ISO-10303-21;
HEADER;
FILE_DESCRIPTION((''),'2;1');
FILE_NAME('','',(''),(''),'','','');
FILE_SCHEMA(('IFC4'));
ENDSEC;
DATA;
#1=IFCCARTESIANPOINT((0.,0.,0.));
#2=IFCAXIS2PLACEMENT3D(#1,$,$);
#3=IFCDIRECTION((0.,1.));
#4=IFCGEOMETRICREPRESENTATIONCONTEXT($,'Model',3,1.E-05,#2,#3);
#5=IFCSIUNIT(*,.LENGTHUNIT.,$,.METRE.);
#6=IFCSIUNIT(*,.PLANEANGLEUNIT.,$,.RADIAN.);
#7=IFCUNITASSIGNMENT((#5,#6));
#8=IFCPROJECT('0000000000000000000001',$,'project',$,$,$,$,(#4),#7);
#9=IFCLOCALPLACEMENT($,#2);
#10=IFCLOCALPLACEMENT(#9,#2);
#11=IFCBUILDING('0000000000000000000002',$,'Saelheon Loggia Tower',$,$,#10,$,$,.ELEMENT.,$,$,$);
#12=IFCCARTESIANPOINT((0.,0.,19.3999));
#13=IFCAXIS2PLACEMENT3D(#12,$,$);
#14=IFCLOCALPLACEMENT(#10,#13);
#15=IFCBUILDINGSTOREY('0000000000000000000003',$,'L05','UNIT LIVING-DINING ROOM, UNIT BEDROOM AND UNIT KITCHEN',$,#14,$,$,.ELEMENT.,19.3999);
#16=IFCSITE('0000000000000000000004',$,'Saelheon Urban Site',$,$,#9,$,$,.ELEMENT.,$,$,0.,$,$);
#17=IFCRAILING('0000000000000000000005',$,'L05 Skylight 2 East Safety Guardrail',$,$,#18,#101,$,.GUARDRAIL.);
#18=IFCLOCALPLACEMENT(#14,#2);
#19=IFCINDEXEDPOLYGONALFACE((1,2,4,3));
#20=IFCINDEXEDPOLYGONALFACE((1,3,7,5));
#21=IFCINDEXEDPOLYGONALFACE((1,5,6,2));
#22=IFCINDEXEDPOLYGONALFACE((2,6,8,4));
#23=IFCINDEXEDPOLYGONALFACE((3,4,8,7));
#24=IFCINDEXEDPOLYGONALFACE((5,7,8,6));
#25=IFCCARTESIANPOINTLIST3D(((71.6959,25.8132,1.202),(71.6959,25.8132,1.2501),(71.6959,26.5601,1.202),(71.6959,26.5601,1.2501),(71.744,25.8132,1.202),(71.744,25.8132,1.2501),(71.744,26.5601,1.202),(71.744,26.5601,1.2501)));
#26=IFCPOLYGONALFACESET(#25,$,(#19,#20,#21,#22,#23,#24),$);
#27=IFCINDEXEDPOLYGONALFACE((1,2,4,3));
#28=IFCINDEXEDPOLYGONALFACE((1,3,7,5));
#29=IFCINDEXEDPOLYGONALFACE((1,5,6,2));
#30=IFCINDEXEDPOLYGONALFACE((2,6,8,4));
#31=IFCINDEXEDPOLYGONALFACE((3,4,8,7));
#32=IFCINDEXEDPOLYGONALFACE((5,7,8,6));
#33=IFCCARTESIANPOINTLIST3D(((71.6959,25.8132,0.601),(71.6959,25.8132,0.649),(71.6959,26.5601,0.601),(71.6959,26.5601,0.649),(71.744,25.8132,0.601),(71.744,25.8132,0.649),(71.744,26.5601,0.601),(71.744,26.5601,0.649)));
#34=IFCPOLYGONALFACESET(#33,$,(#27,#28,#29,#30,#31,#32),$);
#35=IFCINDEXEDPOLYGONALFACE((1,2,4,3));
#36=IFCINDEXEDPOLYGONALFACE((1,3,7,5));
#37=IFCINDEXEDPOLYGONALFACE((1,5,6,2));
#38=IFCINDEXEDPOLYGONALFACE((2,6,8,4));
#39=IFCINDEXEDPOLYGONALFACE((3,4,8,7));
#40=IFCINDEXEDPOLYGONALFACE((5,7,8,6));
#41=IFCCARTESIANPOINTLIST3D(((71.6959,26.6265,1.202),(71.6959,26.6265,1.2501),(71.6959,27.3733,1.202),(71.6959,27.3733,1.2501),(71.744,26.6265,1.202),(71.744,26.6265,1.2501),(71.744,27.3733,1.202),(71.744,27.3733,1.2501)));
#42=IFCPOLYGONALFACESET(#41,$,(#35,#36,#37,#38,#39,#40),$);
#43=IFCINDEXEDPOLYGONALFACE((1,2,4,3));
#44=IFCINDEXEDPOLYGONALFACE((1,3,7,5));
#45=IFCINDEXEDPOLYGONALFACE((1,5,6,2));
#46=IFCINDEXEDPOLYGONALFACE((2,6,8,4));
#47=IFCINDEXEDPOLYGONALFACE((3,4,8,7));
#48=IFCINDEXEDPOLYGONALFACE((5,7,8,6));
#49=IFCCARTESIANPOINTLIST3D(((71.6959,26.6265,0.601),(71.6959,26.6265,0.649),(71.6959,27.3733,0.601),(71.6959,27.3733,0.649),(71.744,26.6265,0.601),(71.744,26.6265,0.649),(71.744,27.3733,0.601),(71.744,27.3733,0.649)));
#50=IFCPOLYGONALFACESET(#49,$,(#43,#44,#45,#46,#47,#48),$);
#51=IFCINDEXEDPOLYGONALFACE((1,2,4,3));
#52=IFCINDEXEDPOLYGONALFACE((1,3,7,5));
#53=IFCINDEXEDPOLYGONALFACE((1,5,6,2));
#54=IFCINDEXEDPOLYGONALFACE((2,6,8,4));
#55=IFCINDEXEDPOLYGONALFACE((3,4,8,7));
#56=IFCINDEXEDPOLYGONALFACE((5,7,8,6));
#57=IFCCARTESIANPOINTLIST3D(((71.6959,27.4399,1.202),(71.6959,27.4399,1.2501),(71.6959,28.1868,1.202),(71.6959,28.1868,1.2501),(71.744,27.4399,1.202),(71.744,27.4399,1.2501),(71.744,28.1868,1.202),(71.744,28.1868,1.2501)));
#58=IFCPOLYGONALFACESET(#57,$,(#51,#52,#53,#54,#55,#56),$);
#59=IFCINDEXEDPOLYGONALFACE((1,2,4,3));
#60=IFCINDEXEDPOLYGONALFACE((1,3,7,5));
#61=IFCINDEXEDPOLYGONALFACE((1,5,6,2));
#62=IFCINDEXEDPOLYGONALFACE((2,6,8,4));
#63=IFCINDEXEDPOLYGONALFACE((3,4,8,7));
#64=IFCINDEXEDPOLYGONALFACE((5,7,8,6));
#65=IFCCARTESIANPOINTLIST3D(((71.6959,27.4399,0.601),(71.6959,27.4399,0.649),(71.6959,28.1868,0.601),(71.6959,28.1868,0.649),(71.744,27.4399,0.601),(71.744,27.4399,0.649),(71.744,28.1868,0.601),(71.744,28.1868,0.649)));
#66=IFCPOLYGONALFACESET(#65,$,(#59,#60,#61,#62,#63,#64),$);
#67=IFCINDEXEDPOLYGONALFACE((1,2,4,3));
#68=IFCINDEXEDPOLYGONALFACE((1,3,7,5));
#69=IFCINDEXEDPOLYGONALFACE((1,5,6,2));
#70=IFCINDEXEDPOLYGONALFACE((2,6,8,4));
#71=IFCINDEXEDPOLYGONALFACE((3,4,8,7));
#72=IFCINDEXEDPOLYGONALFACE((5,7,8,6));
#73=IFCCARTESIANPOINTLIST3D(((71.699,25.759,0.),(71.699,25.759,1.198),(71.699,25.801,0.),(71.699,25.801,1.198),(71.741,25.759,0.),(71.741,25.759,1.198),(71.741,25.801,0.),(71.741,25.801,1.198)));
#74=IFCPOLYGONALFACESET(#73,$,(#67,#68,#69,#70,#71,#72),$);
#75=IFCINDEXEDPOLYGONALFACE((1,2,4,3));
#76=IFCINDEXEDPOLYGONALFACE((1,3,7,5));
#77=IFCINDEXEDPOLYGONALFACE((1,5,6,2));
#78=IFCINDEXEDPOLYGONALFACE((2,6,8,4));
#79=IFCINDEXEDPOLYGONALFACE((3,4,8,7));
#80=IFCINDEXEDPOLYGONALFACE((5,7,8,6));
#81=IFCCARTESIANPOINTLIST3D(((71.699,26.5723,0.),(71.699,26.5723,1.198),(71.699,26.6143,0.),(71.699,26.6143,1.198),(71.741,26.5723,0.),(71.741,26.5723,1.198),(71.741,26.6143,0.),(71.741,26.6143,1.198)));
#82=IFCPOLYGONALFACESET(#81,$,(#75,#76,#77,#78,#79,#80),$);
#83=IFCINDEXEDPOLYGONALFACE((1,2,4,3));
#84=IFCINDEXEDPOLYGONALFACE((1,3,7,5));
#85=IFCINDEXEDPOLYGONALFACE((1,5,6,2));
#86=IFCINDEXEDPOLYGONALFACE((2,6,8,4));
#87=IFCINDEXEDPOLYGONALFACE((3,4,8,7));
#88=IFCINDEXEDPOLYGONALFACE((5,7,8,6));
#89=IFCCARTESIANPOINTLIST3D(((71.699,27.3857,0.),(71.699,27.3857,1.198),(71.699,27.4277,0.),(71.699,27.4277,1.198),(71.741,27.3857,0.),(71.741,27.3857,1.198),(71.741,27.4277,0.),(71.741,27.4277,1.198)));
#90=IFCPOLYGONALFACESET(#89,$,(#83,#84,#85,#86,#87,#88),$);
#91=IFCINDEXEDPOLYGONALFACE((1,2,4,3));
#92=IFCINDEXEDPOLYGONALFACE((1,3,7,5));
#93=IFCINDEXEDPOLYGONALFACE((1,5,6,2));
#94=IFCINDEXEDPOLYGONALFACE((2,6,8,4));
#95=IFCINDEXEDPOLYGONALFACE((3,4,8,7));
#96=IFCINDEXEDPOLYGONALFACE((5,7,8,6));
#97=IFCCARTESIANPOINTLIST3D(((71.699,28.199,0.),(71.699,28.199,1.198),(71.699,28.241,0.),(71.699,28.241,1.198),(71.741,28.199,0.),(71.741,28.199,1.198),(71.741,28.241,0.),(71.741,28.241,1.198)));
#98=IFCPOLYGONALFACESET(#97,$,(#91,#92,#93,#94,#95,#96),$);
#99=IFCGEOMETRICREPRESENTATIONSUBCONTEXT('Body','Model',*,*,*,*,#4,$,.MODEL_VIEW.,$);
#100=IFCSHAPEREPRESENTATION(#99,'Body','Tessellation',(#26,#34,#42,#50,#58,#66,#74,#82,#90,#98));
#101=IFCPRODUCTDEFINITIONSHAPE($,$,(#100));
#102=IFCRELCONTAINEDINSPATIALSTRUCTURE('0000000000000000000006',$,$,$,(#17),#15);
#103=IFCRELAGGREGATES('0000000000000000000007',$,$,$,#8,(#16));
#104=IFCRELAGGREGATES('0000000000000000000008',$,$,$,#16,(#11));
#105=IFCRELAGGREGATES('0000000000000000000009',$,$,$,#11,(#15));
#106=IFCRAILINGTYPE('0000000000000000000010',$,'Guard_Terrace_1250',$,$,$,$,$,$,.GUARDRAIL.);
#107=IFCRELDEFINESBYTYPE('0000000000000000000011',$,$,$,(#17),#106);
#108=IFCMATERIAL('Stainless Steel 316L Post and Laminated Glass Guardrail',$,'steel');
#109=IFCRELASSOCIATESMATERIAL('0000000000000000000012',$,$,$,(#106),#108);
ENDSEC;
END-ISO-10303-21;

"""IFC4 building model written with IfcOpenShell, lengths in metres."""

from ifc_helpers import new_model, si_unit, direction, frame, origin, origin_2d, place, context, subcontext, project, spatial, rectangle, extrude, material, type_object, element, save


model = new_model("IFC4")

# Units and contexts
model_context = context("Model", 3, precision=1e-05, world=origin(), true_north=direction((0.0, 1.0)))
body_context = subcontext(model_context, "Body", "Model", "MODEL_VIEW")
ifc_project = project(units=[si_unit("LENGTHUNIT", "METRE"), si_unit("PLANEANGLEUNIT", "RADIAN")], contexts=[model_context])

# Site, building, storey
site_placement = place(None, origin())
site = spatial("IfcSite", under=ifc_project, at=site_placement, Name="Saelheon Urban Site", CompositionType="ELEMENT", RefElevation=0.0)
building_placement = place(site_placement, origin())
building = spatial("IfcBuilding", under=site, at=building_placement, Name="Saelheon Loggia Tower", CompositionType="ELEMENT")
storey_placement = place(building_placement, frame((0.0, 0.0, 19.3999)))
storey = spatial("IfcBuildingStorey", under=building, at=storey_placement, Name="L05", Description="UNIT LIVING-DINING ROOM, UNIT BEDROOM AND UNIT KITCHEN", CompositionType="ELEMENT", Elevation=19.3999)

# Railing
ifc_material_1 = material(Name="Stainless Steel 316L Post and Laminated Glass Guardrail", Category="steel")
railing_type = type_object("IfcRailingType", Name="Guard_Terrace_1250", PredefinedType="GUARDRAIL", material=ifc_material_1)
railing_1_placement = place(storey_placement, frame((71.72, 25.78, 0.0)))
element("IfcRailing", 1, at=railing_1_placement, inside=storey, type_object=railing_type, Name="L05 Skylight 2 East Safety Guardrail", PredefinedType="GUARDRAIL", context=body_context, shape_type="SweptSolid", body=[
    extrude(rectangle(XDim=0.0481, YDim=0.0481, at=origin_2d()), frame((0.0, 0.0332, 1.2261), z_axis=(0.0, 1.0, 0.0), x_axis=(-1.0, 0.0, 0.0)), (0.0, 0.0, 1.0), 0.7468),
    extrude(rectangle(XDim=0.0481, YDim=0.0481, at=origin_2d()), frame((0.0, 0.0332, 0.625), z_axis=(0.0, 1.0, 0.0), x_axis=(-1.0, 0.0, 0.0)), (0.0, 0.0, 1.0), 0.7468),
    extrude(rectangle(XDim=0.0481, YDim=0.0481, at=origin_2d()), frame((0.0, 0.8464, 1.2261), z_axis=(0.0, 1.0, 0.0), x_axis=(-1.0, 0.0, 0.0)), (0.0, 0.0, 1.0), 0.7468),
    extrude(rectangle(XDim=0.0481, YDim=0.0481, at=origin_2d()), frame((0.0, 0.8464, 0.625), z_axis=(0.0, 1.0, 0.0), x_axis=(-1.0, 0.0, 0.0)), (0.0, 0.0, 1.0), 0.7468),
    extrude(rectangle(XDim=0.0481, YDim=0.0481, at=origin_2d()), frame((0.0, 1.6599, 1.2261), z_axis=(0.0, 1.0, 0.0), x_axis=(-1.0, 0.0, 0.0)), (0.0, 0.0, 1.0), 0.7468),
    extrude(rectangle(XDim=0.0481, YDim=0.0481, at=origin_2d()), frame((0.0, 1.6599, 0.625), z_axis=(0.0, 1.0, 0.0), x_axis=(-1.0, 0.0, 0.0)), (0.0, 0.0, 1.0), 0.7468),
    extrude(rectangle(XDim=0.042, YDim=0.042, at=origin_2d()), origin(), (0.0, 0.0, 1.0), 1.198),
    extrude(rectangle(XDim=0.042, YDim=0.042, at=origin_2d()), frame((0.0, 0.8132, 0.0)), (0.0, 0.0, 1.0), 1.198),
    extrude(rectangle(XDim=0.042, YDim=0.042, at=origin_2d()), frame((0.0, 1.6267, 0.0)), (0.0, 0.0, 1.0), 1.198),
    extrude(rectangle(XDim=0.042, YDim=0.042, at=origin_2d()), frame((0.0, 2.4399, 0.0)), (0.0, 0.0, 1.0), 1.198),
])

save(model, "model.ifc")
